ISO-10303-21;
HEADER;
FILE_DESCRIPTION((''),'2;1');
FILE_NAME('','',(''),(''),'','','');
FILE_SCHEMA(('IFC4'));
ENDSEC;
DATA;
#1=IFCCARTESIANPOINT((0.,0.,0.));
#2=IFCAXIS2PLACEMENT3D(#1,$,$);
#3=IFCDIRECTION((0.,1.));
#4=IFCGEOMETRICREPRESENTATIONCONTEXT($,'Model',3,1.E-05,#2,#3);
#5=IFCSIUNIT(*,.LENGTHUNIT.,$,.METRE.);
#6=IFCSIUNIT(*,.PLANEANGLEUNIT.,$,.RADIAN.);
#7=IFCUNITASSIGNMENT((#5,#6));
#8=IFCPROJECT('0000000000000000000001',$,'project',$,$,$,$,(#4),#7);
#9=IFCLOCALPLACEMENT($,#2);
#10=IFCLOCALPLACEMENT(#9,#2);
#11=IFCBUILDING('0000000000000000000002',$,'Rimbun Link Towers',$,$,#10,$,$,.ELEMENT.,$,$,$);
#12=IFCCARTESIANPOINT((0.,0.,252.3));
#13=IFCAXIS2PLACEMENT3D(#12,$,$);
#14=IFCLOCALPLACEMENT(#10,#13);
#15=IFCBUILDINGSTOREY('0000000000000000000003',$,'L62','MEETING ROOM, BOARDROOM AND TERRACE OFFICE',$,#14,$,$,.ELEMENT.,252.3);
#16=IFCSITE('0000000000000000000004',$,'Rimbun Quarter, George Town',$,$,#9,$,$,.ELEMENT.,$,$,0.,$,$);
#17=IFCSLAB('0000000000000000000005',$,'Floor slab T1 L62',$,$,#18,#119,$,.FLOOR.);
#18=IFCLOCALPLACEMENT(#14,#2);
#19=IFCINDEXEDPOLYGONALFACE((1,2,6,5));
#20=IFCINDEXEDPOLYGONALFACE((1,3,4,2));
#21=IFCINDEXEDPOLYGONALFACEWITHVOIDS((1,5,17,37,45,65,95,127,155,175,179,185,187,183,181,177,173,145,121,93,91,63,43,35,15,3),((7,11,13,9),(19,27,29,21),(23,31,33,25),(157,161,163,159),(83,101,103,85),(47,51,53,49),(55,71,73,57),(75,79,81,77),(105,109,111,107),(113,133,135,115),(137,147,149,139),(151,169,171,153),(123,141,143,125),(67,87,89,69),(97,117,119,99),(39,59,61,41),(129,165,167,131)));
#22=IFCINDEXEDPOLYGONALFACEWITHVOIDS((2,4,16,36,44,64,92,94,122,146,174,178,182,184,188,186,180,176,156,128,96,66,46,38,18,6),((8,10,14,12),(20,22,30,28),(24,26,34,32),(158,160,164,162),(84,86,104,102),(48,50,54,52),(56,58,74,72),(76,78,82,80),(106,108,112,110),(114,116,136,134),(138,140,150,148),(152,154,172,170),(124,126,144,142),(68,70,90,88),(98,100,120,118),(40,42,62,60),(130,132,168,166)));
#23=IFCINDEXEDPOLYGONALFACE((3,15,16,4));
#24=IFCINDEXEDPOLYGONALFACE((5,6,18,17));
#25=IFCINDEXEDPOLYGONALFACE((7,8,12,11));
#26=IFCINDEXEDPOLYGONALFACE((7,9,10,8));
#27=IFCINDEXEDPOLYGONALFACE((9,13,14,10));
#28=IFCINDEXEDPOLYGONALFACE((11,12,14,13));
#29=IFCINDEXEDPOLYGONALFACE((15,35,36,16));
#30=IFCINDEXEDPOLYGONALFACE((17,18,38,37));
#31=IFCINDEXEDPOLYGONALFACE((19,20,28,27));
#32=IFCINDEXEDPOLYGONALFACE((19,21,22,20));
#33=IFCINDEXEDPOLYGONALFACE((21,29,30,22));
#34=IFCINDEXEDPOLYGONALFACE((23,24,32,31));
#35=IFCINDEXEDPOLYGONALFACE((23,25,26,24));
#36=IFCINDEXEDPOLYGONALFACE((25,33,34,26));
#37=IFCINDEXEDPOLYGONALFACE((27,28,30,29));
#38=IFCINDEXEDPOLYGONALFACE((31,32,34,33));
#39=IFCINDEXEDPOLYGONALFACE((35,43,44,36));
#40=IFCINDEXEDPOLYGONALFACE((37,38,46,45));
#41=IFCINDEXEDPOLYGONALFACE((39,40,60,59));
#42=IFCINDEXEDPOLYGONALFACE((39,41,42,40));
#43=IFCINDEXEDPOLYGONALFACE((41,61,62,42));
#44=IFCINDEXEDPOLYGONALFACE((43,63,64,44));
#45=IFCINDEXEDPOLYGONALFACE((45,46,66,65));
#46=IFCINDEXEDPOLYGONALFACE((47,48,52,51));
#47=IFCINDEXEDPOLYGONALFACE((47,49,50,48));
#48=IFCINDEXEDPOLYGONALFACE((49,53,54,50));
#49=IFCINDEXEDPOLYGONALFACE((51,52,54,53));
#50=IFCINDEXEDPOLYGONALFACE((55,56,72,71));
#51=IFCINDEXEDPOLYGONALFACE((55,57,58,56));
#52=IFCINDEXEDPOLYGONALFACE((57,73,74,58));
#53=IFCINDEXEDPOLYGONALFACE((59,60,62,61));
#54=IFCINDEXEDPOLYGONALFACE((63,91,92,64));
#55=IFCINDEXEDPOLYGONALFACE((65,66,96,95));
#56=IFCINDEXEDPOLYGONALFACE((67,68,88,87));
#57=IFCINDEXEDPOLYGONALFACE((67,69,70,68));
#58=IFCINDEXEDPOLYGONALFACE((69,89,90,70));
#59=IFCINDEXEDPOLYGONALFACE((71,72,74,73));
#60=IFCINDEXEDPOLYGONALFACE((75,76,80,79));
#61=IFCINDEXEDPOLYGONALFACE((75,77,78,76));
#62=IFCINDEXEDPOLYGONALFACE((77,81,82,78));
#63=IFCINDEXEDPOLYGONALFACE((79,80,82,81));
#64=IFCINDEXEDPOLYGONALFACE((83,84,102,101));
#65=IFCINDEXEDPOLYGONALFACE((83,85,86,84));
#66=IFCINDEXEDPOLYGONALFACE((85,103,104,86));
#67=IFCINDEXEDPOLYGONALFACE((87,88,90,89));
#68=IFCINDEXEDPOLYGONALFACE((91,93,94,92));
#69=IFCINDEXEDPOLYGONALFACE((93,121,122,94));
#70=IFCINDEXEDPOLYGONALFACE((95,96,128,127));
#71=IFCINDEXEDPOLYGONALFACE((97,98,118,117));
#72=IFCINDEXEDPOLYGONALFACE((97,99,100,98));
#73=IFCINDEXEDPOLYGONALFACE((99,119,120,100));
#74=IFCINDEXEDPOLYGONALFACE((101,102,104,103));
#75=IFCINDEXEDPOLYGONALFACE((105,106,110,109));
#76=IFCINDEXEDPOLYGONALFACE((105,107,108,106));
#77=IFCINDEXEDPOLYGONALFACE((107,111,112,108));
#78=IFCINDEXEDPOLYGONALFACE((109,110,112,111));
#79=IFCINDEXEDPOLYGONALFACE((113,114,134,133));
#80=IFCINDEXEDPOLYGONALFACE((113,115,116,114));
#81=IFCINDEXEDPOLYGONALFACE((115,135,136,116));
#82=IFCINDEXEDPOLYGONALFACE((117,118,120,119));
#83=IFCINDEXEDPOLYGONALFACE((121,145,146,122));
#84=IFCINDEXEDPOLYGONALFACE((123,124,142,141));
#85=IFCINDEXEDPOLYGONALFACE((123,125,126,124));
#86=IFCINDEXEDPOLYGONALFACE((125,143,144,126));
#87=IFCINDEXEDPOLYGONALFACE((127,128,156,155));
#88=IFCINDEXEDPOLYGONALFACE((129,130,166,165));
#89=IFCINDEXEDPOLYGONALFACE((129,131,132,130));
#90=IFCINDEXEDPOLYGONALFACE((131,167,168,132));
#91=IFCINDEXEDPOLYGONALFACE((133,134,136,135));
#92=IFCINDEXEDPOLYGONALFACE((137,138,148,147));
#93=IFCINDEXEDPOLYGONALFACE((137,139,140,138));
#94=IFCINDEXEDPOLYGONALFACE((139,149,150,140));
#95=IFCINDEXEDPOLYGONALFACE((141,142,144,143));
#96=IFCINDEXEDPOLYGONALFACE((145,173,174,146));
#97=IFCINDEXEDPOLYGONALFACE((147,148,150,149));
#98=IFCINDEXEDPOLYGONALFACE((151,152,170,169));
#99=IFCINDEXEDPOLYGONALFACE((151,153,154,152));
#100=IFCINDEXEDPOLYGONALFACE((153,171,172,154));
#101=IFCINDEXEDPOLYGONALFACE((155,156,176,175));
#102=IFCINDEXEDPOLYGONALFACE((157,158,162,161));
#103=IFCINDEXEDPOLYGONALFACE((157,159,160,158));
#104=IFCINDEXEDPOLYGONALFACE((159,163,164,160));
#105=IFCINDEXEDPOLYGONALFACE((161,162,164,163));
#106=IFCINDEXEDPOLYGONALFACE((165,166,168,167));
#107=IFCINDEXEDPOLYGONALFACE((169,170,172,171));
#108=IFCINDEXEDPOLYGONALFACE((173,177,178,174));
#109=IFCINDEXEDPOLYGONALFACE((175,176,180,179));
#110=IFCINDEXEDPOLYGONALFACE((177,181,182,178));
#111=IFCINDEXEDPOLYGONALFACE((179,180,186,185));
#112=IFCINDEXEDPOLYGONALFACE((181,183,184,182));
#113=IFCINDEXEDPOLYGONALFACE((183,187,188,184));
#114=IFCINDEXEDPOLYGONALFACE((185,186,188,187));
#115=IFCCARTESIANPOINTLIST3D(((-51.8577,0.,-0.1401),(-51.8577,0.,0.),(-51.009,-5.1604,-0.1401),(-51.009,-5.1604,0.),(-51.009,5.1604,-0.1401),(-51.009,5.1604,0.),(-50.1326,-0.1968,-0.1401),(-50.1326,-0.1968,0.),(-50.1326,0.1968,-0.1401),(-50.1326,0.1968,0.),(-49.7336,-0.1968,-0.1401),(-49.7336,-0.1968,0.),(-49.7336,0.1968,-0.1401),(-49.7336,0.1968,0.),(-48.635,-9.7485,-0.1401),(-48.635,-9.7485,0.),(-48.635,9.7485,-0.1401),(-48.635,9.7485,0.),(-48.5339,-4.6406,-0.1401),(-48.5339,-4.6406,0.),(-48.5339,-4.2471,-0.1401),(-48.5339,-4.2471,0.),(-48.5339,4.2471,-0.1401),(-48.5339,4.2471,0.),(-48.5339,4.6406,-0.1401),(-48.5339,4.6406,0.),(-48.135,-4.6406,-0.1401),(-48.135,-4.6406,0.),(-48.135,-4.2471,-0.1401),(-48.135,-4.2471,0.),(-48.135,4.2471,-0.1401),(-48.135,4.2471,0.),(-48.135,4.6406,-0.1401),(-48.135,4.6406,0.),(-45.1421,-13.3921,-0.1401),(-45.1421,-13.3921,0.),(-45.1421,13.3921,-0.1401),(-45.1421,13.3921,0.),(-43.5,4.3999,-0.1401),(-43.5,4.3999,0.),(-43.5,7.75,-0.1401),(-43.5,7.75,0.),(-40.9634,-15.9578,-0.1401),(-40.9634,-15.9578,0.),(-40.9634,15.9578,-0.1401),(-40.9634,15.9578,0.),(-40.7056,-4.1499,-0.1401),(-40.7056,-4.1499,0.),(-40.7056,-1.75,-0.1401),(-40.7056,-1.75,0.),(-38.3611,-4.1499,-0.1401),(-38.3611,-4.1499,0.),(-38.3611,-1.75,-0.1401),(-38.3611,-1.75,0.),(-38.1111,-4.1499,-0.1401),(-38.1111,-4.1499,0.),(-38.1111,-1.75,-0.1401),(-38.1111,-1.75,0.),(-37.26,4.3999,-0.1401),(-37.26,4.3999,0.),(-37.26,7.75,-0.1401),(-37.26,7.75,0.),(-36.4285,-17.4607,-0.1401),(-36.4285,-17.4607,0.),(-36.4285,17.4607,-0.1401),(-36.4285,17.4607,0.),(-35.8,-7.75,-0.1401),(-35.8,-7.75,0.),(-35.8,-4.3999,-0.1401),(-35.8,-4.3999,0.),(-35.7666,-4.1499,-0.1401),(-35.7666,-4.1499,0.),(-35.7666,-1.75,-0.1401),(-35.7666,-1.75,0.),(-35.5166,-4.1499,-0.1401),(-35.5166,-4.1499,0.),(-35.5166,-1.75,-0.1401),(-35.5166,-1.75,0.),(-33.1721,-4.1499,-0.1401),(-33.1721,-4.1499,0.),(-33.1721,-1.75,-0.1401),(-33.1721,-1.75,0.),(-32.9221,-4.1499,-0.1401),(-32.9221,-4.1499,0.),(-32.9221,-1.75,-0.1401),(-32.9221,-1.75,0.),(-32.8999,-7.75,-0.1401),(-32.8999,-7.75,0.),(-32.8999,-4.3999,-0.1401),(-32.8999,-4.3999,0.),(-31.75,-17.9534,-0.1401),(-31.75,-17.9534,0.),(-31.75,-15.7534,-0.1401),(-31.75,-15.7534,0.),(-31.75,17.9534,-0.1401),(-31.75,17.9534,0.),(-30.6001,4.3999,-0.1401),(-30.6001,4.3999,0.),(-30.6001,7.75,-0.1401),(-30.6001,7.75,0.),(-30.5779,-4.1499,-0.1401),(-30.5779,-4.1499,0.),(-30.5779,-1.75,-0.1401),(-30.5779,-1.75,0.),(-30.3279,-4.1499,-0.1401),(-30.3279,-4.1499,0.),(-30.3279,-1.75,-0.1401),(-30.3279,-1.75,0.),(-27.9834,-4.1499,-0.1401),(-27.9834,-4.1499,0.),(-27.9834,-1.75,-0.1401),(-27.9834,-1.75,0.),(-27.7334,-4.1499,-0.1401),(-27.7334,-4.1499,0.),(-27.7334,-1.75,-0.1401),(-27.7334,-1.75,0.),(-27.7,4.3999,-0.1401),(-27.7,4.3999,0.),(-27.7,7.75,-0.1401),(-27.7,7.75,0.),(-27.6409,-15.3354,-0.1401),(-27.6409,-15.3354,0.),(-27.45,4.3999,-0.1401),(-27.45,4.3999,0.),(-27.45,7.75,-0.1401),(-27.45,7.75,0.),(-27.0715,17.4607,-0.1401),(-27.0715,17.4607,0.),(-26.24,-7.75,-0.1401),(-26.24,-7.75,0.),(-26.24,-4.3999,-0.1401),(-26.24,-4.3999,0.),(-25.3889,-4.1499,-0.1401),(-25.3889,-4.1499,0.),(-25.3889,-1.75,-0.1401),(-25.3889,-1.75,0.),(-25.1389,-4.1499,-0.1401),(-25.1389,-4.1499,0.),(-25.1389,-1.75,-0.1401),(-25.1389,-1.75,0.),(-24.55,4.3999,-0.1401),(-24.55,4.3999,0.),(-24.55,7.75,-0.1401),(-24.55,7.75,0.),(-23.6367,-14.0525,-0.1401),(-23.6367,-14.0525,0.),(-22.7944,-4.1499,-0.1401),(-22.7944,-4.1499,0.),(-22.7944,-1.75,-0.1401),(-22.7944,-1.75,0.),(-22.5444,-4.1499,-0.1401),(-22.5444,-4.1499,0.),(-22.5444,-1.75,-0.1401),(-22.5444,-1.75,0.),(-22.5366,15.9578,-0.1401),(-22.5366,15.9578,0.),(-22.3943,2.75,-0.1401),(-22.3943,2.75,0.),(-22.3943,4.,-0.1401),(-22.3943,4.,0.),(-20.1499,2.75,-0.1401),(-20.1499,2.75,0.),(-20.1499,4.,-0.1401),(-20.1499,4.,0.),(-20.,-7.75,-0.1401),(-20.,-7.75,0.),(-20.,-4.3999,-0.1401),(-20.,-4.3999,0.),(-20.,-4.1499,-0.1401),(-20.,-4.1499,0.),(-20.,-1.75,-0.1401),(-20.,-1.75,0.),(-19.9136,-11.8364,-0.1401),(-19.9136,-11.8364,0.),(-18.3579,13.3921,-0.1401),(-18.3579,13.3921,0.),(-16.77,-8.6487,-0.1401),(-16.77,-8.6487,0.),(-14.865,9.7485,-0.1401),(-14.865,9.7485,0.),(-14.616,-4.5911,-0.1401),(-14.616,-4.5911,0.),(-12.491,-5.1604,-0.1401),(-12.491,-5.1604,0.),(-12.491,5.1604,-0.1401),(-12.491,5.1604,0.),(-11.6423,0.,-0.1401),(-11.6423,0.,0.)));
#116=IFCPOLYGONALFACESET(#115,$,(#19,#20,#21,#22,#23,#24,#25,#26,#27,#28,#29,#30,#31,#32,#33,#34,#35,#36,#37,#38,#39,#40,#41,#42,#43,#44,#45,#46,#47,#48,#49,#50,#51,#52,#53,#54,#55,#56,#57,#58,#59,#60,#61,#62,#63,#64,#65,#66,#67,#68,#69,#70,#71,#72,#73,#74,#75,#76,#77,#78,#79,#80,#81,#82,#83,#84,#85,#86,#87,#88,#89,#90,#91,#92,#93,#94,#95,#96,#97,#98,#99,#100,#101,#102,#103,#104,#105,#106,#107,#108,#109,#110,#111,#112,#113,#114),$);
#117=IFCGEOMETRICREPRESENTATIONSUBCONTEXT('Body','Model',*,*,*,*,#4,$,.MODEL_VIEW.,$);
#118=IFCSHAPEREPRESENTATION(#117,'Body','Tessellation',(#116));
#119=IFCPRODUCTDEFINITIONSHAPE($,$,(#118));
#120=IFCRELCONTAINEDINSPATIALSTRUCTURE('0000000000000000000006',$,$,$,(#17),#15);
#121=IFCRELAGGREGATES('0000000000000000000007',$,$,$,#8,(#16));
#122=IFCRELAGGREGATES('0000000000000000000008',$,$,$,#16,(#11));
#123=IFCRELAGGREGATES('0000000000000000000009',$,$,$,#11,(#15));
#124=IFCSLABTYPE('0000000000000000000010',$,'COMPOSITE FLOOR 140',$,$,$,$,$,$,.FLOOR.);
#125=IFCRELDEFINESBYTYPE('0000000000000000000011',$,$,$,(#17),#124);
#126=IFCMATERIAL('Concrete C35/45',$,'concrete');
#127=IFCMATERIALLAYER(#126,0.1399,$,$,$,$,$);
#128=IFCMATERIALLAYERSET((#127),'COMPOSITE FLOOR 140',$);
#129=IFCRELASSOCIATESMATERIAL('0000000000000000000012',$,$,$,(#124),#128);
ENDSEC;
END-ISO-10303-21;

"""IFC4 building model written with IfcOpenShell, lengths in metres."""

from ifc_helpers import new_model, si_unit, direction, frame, origin, place, context, subcontext, project, spatial, polyline, outline, extrude, material, layer, layer_set, type_object, element, save


model = new_model("IFC4")

# Units and contexts
model_context = context("Model", 3, precision=1e-05, world=origin(), true_north=direction((0.0, 1.0)))
body_context = subcontext(model_context, "Body", "Model", "MODEL_VIEW")
ifc_project = project(units=[si_unit("LENGTHUNIT", "METRE"), si_unit("PLANEANGLEUNIT", "RADIAN")], contexts=[model_context])

# Site, building, storey
site_placement = place(None, origin())
site = spatial("IfcSite", under=ifc_project, at=site_placement, Name="Rimbun Quarter, George Town", CompositionType="ELEMENT", RefElevation=0.0)
building_placement = place(site_placement, origin())
building = spatial("IfcBuilding", under=site, at=building_placement, Name="Rimbun Link Towers", CompositionType="ELEMENT")
storey_placement = place(building_placement, frame((0.0, 0.0, 252.3)))
storey = spatial("IfcBuildingStorey", under=building, at=storey_placement, Name="L62", Description="MEETING ROOM, BOARDROOM AND TERRACE OFFICE", CompositionType="ELEMENT", Elevation=252.3)

# Slab
ifc_material_1 = material(Name="Concrete C35/45", Category="concrete")
ifc_layer = layer(ifc_material_1, 0.1399)
ifc_layer_set = layer_set([ifc_layer], Name="COMPOSITE FLOOR 140")
slab_type = type_object("IfcSlabType", Name="COMPOSITE FLOOR 140", PredefinedType="FLOOR", material=ifc_layer_set)
slab_1_placement = place(storey_placement, frame((0.0, 0.0, -0.1401)))
element("IfcSlab", 1, at=slab_1_placement, inside=storey, type_object=slab_type, Name="Floor slab T1 L62", PredefinedType="FLOOR", context=body_context, shape_type="SweptSolid", body=[
    extrude(outline(polyline([(-36.4285, -17.4607), (-40.9634, -15.9578), (-45.1421, -13.3921), (-48.635, -9.7485), (-51.009, -5.1604), (-51.8577, 0.0), (-51.009, 5.1604), (-48.635, 9.7485), (-45.1421, 13.3921), (-40.9634, 15.9578), (-36.4285, 17.4607), (-31.75, 17.9534), (-27.0715, 17.4607), (-22.5366, 15.9578), (-18.3579, 13.3921), (-14.865, 9.7485), (-12.491, 5.1604), (-11.6423, 0.0), (-12.491, -5.1604), (-14.616, -4.5911), (-16.77, -8.6487), (-19.9136, -11.8364), (-23.6367, -14.0525), (-27.6409, -15.3354), (-31.75, -15.7534), (-31.75, -17.9534), (-36.4285, -17.4607)]), holes=[polyline([(-32.8999, -7.75), (-32.8999, -4.3999), (-35.8, -4.3999), (-35.8, -7.75), (-32.8999, -7.75)]), polyline([(-48.135, -4.6406), (-48.135, -4.2471), (-48.5339, -4.2471), (-48.5339, -4.6406), (-48.135, -4.6406)]), polyline([(-38.3611, -4.1499), (-38.3611, -1.75), (-40.7056, -1.75), (-40.7056, -4.1499), (-38.3611, -4.1499)]), polyline([(-35.7666, -4.1499), (-35.7666, -1.75), (-38.1111, -1.75), (-38.1111, -4.1499), (-35.7666, -4.1499)]), polyline([(-33.1721, -4.1499), (-33.1721, -1.75), (-35.5166, -1.75), (-35.5166, -4.1499), (-33.1721, -4.1499)]), polyline([(-30.5779, -4.1499), (-30.5779, -1.75), (-32.9221, -1.75), (-32.9221, -4.1499), (-30.5779, -4.1499)]), polyline([(-49.7336, -0.1968), (-49.7336, 0.1968), (-50.1326, 0.1968), (-50.1326, -0.1968), (-49.7336, -0.1968)]), polyline([(-48.135, 4.2471), (-48.135, 4.6406), (-48.5339, 4.6406), (-48.5339, 4.2471), (-48.135, 4.2471)]), polyline([(-37.26, 4.3999), (-37.26, 7.75), (-43.5, 7.75), (-43.5, 4.3999), (-37.26, 4.3999)]), polyline([(-20.0, -7.75), (-20.0, -4.3999), (-26.24, -4.3999), (-26.24, -7.75), (-20.0, -7.75)]), polyline([(-27.9834, -4.1499), (-27.9834, -1.75), (-30.3279, -1.75), (-30.3279, -4.1499), (-27.9834, -4.1499)]), polyline([(-25.3889, -4.1499), (-25.3889, -1.75), (-27.7334, -1.75), (-27.7334, -4.1499), (-25.3889, -4.1499)]), polyline([(-22.7944, -4.1499), (-22.7944, -1.75), (-25.1389, -1.75), (-25.1389, -4.1499), (-22.7944, -4.1499)]), polyline([(-20.0, -4.1499), (-20.0, -1.75), (-22.5444, -1.75), (-22.5444, -4.1499), (-20.0, -4.1499)]), polyline([(-22.3943, 2.75), (-20.1499, 2.75), (-20.1499, 4.0), (-22.3943, 4.0), (-22.3943, 2.75)]), polyline([(-30.6001, 4.3999), (-27.7, 4.3999), (-27.7, 7.75), (-30.6001, 7.75), (-30.6001, 4.3999)]), polyline([(-27.45, 4.3999), (-24.55, 4.3999), (-24.55, 7.75), (-27.45, 7.75), (-27.45, 4.3999)])]), origin(), (0.0, 0.0, 1.0), 0.1401),
])

save(model, "model.ifc")
